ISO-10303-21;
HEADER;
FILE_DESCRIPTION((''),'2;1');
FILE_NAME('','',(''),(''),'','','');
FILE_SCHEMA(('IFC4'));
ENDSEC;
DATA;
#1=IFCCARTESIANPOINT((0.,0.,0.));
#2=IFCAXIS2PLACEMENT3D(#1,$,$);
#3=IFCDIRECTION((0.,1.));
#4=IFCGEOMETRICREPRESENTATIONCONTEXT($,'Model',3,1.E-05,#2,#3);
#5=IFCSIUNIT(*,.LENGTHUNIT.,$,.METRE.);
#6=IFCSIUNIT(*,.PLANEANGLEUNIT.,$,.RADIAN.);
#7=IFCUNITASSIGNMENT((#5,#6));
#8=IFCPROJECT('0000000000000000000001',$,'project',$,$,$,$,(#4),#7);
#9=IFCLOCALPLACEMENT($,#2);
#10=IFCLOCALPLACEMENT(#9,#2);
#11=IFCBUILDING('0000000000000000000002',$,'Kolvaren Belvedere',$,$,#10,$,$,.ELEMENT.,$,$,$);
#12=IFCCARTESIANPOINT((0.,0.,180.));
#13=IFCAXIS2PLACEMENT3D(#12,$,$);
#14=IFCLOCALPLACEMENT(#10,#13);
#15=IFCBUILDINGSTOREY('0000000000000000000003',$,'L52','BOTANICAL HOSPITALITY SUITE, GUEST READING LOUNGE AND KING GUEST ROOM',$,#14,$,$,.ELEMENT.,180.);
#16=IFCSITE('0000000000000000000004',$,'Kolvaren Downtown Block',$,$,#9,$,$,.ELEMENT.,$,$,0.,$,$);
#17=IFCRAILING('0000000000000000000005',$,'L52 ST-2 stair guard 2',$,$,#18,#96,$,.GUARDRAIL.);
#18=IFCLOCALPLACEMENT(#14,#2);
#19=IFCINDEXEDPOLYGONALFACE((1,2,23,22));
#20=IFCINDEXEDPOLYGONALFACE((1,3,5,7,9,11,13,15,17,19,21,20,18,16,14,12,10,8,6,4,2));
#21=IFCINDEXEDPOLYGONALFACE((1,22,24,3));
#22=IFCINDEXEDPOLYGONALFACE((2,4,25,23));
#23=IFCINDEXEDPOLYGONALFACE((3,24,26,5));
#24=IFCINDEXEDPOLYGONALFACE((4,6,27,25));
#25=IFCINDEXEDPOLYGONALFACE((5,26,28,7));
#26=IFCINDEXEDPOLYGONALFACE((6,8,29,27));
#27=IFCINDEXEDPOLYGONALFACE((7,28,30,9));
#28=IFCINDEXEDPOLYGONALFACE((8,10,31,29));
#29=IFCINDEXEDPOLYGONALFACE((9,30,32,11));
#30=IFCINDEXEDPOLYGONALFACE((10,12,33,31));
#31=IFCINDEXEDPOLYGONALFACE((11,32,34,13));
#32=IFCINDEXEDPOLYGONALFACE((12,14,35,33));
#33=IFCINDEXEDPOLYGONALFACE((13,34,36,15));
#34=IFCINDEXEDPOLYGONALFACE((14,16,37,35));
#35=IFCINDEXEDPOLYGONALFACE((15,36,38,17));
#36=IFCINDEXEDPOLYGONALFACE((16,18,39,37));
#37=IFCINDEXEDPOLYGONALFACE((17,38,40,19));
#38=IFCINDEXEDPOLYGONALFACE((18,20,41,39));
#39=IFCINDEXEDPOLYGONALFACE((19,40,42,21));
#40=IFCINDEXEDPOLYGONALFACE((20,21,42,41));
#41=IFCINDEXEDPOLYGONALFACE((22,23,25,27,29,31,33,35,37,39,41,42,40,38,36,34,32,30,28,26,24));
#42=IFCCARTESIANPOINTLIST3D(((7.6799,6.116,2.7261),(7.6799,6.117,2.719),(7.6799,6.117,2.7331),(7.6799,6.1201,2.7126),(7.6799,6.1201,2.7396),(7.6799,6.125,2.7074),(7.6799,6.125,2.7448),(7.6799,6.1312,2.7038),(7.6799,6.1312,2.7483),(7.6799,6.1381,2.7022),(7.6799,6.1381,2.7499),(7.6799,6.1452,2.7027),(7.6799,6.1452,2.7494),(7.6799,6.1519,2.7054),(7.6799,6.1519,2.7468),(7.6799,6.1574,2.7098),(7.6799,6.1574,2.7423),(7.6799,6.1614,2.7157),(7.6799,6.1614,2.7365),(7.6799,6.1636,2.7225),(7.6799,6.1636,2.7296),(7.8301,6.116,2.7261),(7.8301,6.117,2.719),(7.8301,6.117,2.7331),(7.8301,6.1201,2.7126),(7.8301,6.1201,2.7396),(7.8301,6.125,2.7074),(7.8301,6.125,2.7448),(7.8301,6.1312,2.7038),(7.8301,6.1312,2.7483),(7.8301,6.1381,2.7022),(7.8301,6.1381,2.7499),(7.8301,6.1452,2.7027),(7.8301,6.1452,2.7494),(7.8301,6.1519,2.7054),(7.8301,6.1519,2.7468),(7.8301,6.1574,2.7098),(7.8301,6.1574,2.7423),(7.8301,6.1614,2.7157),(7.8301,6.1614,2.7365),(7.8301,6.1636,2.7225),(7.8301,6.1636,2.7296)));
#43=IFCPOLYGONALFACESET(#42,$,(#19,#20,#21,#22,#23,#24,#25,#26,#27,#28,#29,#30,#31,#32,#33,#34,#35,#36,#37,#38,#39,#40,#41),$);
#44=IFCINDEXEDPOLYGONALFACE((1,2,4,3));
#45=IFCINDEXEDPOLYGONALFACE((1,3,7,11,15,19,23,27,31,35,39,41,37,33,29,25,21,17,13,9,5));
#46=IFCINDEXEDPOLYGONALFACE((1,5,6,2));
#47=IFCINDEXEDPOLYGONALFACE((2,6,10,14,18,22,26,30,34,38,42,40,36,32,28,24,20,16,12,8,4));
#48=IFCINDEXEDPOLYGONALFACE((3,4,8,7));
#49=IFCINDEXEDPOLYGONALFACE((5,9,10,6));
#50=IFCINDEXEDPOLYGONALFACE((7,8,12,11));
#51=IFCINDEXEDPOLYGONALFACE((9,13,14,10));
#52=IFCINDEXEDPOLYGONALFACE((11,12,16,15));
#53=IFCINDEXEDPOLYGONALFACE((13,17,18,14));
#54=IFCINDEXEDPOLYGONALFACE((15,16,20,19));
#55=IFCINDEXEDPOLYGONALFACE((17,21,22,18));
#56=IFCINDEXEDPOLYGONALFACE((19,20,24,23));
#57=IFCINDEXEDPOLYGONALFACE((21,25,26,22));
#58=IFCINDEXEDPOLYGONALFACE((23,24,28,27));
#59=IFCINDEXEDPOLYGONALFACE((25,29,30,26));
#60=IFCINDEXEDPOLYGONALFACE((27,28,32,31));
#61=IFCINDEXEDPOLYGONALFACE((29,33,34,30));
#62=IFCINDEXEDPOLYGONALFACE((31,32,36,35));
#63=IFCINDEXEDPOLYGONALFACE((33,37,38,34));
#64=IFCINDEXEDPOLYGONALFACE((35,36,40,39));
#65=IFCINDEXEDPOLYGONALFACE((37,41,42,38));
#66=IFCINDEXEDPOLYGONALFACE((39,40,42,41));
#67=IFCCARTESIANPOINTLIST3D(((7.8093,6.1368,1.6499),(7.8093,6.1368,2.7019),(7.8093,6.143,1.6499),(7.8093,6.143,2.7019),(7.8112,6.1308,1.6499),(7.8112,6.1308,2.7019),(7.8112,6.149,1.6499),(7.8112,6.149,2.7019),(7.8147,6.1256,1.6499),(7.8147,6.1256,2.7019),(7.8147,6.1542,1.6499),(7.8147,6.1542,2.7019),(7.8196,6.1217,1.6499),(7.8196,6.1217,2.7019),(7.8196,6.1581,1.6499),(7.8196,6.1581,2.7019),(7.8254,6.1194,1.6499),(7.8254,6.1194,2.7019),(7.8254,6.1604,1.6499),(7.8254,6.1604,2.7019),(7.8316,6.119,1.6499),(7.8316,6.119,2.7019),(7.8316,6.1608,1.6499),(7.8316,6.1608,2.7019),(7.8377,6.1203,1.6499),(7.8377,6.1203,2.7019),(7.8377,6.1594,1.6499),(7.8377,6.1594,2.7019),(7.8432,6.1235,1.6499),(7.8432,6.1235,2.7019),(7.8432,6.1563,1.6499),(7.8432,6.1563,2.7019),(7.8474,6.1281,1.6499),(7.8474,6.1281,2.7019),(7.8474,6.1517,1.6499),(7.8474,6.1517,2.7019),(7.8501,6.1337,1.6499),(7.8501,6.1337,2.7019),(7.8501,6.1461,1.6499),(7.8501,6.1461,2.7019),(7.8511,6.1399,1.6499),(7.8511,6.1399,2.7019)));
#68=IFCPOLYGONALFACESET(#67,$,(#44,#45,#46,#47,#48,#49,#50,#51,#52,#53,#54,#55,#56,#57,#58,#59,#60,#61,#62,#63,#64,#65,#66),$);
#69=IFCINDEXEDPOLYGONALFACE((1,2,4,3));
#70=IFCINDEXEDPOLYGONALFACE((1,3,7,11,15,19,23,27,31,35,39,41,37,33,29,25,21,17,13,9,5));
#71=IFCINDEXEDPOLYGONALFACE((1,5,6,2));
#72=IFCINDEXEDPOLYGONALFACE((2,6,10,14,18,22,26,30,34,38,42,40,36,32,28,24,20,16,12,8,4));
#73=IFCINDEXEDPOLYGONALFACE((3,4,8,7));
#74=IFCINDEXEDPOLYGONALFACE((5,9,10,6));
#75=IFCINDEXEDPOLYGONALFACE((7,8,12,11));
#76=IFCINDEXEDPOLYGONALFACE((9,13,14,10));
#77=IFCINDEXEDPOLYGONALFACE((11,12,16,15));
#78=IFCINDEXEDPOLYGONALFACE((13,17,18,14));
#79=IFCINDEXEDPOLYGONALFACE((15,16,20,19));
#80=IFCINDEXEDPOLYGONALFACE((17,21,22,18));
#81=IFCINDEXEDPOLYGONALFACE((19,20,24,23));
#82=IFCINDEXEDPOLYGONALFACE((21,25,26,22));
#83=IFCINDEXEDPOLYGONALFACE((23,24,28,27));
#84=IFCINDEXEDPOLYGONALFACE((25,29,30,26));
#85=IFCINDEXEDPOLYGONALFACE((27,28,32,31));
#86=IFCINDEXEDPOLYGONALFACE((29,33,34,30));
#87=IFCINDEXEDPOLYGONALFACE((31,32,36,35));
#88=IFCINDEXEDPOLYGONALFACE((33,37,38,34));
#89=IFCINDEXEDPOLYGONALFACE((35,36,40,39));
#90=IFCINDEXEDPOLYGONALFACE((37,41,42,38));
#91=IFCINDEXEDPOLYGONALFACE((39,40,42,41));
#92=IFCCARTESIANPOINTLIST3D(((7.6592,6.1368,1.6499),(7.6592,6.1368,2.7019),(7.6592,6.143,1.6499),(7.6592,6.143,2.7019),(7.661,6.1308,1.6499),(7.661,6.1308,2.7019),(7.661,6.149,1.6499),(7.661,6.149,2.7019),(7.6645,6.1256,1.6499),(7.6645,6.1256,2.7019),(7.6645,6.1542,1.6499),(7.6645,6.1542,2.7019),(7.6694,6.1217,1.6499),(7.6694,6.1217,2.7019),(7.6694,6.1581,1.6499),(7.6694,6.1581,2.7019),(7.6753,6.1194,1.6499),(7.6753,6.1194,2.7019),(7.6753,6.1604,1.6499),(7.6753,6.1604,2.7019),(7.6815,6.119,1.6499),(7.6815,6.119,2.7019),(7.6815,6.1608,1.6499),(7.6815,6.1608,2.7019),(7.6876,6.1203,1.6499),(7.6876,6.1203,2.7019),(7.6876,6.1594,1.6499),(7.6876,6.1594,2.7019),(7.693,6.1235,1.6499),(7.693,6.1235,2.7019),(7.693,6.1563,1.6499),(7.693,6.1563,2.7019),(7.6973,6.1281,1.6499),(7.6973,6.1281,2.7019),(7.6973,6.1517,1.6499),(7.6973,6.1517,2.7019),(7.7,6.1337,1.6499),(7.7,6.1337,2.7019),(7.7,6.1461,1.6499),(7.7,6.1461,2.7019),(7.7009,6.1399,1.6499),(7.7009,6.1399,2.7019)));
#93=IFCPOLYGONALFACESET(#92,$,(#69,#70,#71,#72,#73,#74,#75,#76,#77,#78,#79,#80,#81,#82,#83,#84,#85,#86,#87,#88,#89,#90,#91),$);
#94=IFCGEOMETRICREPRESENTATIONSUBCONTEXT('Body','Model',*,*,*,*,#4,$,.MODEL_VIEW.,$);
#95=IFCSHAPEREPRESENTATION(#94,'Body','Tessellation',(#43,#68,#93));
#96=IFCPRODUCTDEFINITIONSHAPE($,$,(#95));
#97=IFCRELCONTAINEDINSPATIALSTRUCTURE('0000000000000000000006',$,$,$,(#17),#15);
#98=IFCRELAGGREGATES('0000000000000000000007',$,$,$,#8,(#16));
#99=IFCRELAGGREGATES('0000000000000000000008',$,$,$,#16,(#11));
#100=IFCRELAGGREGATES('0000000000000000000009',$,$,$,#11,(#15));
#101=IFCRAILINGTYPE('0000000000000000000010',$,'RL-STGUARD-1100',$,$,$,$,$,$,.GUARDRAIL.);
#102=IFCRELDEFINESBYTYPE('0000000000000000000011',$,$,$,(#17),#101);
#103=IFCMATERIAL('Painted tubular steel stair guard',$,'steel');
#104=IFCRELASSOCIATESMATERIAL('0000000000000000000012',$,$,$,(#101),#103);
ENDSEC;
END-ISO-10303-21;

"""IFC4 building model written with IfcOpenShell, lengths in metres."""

from ifc_helpers import new_model, si_unit, direction, frame, origin, origin_2d, place, context, subcontext, project, spatial, circle, extrude, material, type_object, element, save


model = new_model("IFC4")

# Units and contexts
model_context = context("Model", 3, precision=1e-05, world=origin(), true_north=direction((0.0, 1.0)))
body_context = subcontext(model_context, "Body", "Model", "MODEL_VIEW")
ifc_project = project(units=[si_unit("LENGTHUNIT", "METRE"), si_unit("PLANEANGLEUNIT", "RADIAN")], contexts=[model_context])

# Site, building, storey
site_placement = place(None, origin())
site = spatial("IfcSite", under=ifc_project, at=site_placement, Name="Kolvaren Downtown Block", CompositionType="ELEMENT", RefElevation=0.0)
building_placement = place(site_placement, origin())
building = spatial("IfcBuilding", under=site, at=building_placement, Name="Kolvaren Belvedere", CompositionType="ELEMENT")
storey_placement = place(building_placement, frame((0.0, 0.0, 180.0)))
storey = spatial("IfcBuildingStorey", under=building, at=storey_placement, Name="L52", Description="BOTANICAL HOSPITALITY SUITE, GUEST READING LOUNGE AND KING GUEST ROOM", CompositionType="ELEMENT", Elevation=180.0)

# Railing
ifc_material_1 = material(Name="Painted tubular steel stair guard", Category="steel")
railing_type_1 = type_object("IfcRailingType", Name="RL-STGUARD-1100", PredefinedType="GUARDRAIL", material=ifc_material_1)
railing_1_placement = place(storey_placement, frame((7.8301, 6.1399, 1.6499)))
element("IfcRailing", 1, at=railing_1_placement, inside=storey, type_object=railing_type_1, Name="L52 ST-2 stair guard 2", PredefinedType="GUARDRAIL", context=body_context, shape_type="SweptSolid", body=[
    extrude(circle(Radius=0.0239, at=origin_2d()), frame((0.0, 0.0, 1.0762), z_axis=(-1.0, 0.0, 0.0), x_axis=(0.0, -1.0, 0.0)), (0.0, 0.0, 1.0), 0.1501),
    extrude(circle(Radius=0.021, at=origin_2d()), origin(), (0.0, 0.0, 1.0), 1.052),
    extrude(circle(Radius=0.021, at=origin_2d()), frame((-0.1501, 0.0, 0.0)), (0.0, 0.0, 1.0), 1.052),
])

save(model, "model.ifc")
